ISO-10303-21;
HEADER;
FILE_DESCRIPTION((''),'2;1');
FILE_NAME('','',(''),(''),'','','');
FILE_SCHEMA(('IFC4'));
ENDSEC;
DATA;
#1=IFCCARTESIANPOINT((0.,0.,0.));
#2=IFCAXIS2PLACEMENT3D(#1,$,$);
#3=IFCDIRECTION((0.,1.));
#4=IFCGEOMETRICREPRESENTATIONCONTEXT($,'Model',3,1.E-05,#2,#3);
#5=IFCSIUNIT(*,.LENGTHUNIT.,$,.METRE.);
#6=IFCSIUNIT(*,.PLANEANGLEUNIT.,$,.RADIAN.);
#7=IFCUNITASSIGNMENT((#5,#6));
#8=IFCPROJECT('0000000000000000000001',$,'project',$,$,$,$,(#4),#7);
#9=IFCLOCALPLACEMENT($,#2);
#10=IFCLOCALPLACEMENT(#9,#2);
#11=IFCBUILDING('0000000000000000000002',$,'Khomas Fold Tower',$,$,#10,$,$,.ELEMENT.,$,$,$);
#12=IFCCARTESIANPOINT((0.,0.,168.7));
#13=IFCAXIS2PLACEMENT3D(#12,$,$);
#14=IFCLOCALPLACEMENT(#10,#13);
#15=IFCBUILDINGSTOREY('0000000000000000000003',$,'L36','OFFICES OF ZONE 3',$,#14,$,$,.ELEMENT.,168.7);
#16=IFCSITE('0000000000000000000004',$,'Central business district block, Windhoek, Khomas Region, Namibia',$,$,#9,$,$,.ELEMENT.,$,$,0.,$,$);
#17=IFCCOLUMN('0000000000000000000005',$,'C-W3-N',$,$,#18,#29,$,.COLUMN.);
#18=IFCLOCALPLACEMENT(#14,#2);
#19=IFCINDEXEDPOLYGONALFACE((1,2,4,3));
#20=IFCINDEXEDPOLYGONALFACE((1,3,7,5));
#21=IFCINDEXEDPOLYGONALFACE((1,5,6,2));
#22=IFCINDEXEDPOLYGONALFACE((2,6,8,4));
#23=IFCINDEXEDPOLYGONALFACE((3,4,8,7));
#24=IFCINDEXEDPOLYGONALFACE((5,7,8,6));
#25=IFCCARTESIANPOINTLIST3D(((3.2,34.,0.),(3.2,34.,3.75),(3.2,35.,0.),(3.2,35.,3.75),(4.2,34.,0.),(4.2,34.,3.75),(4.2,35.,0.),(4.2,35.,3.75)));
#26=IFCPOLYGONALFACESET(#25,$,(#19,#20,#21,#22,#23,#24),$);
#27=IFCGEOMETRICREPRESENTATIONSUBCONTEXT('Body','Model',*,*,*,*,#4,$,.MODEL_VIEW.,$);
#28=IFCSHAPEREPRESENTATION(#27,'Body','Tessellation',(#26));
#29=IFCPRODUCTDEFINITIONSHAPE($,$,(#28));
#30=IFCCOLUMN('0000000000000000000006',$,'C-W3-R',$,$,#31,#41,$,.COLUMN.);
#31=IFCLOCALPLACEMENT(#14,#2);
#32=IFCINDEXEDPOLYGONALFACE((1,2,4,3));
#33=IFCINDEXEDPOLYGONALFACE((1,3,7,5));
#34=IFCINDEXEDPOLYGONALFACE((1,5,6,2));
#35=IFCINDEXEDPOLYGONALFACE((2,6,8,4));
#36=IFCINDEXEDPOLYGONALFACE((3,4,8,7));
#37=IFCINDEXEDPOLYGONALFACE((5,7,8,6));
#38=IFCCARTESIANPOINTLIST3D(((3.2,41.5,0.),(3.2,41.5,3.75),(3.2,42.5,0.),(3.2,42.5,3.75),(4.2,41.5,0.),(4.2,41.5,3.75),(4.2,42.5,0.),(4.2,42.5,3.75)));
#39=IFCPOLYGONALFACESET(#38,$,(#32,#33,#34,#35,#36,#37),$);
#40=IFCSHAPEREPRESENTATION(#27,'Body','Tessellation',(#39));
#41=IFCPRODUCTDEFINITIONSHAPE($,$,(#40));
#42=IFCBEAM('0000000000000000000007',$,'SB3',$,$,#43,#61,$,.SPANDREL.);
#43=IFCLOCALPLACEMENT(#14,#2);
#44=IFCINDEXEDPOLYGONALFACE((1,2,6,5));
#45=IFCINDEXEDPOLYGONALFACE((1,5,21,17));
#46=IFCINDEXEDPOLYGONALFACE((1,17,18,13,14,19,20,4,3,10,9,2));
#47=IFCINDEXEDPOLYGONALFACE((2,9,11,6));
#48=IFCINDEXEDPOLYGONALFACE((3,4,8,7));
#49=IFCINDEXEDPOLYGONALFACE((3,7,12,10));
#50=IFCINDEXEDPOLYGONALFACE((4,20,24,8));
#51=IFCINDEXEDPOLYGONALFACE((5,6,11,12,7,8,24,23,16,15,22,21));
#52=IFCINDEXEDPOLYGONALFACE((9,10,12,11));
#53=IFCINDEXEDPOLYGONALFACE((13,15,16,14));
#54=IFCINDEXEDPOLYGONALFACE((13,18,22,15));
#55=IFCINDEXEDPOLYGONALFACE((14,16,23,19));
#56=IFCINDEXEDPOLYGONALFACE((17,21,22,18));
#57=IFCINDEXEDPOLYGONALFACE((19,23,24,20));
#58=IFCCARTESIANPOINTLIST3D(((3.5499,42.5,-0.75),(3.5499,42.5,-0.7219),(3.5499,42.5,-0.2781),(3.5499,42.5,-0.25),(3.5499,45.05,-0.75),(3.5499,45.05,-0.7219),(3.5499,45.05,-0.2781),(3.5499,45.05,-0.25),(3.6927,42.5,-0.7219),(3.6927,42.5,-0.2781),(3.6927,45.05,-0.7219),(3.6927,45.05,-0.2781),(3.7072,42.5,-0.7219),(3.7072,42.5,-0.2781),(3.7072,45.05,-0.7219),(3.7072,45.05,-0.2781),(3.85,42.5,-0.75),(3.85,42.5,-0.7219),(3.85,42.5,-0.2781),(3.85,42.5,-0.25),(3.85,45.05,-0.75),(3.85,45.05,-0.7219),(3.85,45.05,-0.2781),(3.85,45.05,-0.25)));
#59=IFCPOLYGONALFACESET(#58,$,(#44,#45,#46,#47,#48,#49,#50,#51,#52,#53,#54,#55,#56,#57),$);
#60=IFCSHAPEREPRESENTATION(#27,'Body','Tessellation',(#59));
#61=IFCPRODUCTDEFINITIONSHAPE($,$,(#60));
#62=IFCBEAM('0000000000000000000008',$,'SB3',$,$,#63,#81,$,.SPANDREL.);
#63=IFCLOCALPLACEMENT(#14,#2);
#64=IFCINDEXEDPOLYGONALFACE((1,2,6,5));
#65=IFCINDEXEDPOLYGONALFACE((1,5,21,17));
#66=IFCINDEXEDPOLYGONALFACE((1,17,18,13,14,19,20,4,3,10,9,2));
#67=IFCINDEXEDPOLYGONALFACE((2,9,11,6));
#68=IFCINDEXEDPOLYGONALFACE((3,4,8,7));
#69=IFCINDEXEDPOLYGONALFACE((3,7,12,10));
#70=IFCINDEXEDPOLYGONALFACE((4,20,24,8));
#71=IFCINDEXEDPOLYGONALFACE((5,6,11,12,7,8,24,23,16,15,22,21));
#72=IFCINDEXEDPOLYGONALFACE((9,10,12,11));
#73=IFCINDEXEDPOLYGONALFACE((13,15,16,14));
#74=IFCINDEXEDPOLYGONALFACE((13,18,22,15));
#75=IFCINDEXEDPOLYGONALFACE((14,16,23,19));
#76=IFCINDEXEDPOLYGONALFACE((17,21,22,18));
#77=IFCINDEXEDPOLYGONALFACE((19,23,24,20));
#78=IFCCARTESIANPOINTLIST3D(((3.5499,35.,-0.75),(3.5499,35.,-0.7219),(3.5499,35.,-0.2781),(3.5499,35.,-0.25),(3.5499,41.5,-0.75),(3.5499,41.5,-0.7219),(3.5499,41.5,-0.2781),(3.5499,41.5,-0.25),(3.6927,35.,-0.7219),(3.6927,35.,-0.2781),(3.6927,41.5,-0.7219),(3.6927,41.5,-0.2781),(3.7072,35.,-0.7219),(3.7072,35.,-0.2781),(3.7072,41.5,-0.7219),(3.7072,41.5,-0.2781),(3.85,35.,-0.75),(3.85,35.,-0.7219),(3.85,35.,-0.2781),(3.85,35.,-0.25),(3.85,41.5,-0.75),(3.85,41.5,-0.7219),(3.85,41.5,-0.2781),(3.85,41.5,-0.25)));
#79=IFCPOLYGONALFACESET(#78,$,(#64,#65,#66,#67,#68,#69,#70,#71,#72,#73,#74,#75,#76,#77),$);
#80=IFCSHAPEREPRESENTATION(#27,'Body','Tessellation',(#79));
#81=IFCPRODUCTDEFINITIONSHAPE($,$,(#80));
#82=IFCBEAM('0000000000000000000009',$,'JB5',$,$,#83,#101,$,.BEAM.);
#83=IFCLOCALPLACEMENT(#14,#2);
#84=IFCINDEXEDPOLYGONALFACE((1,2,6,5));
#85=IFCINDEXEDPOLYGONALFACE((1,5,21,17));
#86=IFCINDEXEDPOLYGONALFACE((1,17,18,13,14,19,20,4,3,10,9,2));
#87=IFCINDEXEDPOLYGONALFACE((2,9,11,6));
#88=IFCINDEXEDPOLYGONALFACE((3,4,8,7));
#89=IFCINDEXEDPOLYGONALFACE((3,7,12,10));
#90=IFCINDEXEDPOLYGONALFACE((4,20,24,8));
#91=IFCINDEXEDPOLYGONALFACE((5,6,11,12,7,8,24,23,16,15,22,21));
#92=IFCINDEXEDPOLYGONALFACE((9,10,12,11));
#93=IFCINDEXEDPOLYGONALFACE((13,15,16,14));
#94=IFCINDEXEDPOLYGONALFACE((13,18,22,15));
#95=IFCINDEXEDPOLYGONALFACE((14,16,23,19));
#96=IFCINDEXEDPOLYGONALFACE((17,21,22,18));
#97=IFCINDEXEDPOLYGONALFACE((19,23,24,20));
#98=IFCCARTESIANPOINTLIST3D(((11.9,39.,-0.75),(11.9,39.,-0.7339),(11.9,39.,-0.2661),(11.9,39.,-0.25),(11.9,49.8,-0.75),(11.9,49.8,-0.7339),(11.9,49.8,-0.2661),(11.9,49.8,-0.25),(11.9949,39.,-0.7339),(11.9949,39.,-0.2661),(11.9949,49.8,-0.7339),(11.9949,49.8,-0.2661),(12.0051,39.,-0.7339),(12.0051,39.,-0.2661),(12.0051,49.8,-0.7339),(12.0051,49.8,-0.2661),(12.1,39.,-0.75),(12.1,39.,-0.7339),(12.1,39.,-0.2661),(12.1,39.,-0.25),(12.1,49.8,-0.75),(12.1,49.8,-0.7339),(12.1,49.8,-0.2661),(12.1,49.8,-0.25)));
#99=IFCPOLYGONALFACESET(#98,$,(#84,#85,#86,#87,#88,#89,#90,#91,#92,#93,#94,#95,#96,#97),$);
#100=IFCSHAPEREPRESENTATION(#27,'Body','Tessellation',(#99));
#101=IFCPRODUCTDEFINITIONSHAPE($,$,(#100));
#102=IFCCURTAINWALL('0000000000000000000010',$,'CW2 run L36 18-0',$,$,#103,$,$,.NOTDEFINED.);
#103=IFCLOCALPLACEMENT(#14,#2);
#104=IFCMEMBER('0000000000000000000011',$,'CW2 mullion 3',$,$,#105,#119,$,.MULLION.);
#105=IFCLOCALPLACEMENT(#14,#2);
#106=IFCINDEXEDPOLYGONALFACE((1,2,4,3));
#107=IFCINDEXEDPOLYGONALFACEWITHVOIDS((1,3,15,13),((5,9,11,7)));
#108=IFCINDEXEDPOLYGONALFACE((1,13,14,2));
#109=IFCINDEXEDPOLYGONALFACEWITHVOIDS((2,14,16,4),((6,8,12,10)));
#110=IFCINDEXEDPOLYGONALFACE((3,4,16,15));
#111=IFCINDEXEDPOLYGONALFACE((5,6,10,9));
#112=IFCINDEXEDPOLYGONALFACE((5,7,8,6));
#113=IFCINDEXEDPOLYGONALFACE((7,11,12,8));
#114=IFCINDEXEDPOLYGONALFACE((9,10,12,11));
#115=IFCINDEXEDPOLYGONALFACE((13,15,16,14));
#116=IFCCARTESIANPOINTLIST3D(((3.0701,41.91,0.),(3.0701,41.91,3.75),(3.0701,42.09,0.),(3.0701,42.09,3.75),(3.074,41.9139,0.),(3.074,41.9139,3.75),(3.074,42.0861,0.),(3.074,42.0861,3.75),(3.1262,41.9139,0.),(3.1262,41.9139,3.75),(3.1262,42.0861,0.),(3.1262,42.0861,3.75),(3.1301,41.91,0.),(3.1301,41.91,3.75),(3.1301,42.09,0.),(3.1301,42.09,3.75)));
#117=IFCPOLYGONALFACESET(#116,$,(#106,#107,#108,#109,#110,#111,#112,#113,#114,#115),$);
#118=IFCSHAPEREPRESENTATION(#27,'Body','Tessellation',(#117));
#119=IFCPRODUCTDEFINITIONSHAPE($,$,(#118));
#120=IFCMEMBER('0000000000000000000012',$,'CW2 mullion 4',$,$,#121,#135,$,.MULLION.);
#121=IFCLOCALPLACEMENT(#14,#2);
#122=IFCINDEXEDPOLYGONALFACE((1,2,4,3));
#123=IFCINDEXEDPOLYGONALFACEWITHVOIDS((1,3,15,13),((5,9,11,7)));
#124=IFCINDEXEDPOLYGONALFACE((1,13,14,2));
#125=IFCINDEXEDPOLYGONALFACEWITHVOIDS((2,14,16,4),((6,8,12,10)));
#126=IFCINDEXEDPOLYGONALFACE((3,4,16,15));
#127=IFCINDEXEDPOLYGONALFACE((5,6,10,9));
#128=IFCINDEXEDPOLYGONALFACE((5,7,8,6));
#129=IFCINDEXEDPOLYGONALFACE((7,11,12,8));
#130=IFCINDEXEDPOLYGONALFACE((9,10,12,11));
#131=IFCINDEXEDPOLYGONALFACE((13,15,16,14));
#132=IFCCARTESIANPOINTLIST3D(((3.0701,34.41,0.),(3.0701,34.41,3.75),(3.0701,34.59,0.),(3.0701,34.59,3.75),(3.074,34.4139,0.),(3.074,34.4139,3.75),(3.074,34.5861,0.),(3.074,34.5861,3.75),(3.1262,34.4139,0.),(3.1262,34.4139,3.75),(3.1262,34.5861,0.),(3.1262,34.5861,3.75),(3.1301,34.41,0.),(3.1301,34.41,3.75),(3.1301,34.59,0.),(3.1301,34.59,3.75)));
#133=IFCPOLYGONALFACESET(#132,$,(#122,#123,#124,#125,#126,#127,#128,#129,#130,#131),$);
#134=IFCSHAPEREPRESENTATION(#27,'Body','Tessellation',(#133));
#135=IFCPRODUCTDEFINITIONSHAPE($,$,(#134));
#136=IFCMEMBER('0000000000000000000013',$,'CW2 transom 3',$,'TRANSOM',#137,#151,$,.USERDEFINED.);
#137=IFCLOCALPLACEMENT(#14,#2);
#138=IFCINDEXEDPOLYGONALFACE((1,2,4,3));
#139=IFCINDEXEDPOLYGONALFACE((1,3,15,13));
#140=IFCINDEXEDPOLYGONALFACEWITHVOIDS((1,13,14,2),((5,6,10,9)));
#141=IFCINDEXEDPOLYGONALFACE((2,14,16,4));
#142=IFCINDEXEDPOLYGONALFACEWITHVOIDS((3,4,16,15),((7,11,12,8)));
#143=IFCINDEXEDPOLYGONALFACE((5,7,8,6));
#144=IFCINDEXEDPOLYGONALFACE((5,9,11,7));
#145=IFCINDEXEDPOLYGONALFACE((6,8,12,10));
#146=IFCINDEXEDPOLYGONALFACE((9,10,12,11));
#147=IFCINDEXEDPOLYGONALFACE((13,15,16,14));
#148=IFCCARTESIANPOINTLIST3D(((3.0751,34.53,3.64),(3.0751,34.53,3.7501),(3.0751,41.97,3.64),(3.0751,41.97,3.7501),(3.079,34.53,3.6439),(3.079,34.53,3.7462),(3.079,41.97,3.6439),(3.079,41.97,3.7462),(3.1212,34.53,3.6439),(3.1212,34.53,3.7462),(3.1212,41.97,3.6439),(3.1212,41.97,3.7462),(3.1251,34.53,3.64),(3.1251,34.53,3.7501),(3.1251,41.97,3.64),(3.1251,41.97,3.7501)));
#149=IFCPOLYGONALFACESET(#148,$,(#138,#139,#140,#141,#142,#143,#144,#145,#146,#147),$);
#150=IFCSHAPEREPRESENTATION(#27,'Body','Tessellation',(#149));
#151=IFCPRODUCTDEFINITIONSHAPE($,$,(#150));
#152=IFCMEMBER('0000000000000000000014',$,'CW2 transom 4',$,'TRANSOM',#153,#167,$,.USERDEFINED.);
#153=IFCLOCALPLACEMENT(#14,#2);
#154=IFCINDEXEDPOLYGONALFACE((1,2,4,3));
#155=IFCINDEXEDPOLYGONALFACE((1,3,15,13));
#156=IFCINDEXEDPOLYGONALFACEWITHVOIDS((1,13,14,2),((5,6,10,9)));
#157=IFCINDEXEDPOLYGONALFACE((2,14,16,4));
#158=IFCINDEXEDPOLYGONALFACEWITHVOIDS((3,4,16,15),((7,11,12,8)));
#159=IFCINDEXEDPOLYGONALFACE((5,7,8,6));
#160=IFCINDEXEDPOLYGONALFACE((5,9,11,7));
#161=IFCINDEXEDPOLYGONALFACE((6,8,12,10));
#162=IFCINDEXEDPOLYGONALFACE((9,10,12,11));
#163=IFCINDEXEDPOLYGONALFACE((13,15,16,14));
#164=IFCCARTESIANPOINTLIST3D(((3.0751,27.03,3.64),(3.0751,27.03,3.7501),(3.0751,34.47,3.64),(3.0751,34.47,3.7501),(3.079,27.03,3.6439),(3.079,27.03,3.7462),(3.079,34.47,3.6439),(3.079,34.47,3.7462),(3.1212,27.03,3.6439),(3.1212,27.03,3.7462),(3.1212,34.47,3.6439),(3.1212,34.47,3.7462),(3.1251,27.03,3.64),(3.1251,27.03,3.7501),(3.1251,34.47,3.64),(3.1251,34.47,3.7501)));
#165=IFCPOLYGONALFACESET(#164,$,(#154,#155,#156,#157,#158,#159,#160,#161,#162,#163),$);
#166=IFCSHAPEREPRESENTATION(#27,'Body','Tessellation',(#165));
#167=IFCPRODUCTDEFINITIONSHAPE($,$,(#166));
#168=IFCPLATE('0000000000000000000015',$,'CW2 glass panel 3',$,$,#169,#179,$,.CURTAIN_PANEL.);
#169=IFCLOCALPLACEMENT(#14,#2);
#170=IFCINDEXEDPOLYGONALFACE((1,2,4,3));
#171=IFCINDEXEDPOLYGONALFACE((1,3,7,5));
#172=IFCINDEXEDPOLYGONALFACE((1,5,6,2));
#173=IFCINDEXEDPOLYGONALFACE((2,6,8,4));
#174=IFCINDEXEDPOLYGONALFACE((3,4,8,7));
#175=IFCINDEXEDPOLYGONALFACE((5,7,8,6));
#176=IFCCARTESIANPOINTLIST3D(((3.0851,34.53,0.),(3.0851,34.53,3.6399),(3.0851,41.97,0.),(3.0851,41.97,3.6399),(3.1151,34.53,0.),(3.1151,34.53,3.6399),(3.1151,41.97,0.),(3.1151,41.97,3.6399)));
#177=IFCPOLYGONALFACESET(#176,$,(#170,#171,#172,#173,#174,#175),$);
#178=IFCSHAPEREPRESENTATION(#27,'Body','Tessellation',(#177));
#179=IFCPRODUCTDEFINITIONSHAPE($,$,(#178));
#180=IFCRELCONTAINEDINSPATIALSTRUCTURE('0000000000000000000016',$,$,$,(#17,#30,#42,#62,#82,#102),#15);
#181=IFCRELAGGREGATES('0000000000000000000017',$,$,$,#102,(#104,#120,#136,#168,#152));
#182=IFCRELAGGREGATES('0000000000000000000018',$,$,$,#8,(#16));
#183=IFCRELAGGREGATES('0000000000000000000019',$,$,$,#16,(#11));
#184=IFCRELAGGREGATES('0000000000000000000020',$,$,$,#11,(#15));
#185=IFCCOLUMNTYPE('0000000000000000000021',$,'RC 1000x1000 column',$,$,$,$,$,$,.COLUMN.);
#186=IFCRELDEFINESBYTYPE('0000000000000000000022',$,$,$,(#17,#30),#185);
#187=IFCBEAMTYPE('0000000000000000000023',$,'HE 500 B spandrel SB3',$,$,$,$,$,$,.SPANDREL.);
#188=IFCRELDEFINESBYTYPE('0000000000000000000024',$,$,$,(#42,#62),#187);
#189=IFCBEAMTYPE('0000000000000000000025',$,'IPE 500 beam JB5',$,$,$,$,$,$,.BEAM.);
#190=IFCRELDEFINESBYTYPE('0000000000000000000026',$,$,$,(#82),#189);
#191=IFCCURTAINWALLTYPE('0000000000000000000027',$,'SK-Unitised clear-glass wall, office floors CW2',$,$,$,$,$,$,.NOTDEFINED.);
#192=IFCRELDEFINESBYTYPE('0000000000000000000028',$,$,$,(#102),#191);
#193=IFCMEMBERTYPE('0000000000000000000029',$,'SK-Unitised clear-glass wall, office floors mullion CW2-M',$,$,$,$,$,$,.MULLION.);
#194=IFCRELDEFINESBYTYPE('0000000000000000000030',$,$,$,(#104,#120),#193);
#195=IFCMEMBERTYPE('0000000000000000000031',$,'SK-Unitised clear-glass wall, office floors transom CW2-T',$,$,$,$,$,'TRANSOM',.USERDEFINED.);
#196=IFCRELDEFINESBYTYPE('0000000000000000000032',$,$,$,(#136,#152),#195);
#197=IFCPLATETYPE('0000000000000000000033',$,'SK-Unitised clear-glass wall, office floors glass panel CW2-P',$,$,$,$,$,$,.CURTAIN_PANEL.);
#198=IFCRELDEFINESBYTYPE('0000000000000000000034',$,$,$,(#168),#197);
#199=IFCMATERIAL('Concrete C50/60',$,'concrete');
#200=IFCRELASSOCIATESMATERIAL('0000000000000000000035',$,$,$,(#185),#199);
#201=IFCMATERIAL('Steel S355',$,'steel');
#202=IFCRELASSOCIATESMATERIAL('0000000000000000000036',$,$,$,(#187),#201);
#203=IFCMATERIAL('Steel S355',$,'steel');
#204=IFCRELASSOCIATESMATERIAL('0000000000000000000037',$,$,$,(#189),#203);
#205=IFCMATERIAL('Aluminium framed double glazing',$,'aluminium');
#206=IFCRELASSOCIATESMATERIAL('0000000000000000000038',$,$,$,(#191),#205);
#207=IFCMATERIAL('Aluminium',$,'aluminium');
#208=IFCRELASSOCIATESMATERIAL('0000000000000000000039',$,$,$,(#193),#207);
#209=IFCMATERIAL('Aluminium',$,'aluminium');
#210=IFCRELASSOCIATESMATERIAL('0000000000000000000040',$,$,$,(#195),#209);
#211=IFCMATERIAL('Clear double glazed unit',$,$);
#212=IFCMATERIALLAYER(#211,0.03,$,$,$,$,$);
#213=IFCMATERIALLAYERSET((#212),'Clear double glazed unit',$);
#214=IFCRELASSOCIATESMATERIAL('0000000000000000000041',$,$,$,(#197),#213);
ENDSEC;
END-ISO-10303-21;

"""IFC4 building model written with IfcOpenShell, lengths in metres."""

from ifc_helpers import new_model, si_unit, direction, frame, origin, origin_2d, place, context, subcontext, project, spatial, rectangle, hollow_rectangle, i_section, extrude, source, transform, mapped, material, layer, layer_set, material_profile, profile_set, type_object, element, aggregate, save


model = new_model("IFC4")

# Units and contexts
model_context = context("Model", 3, precision=1e-05, world=origin(), true_north=direction((0.0, 1.0)))
body_context = subcontext(model_context, "Body", "Model", "MODEL_VIEW")
ifc_project = project(units=[si_unit("LENGTHUNIT", "METRE"), si_unit("PLANEANGLEUNIT", "RADIAN")], contexts=[model_context])

# Site, building, storey
site_placement = place(None, origin())
site = spatial("IfcSite", under=ifc_project, at=site_placement, Name="Central business district block, Windhoek, Khomas Region, Namibia", CompositionType="ELEMENT", RefElevation=0.0)
building_placement = place(site_placement, origin())
building = spatial("IfcBuilding", under=site, at=building_placement, Name="Khomas Fold Tower", CompositionType="ELEMENT")
storey_placement = place(building_placement, frame((0.0, 0.0, 168.7)))
storey = spatial("IfcBuildingStorey", under=building, at=storey_placement, Name="L36", Description="OFFICES OF ZONE 3", CompositionType="ELEMENT", Elevation=168.7)

# Columns
ifc_material_1 = material(Name="Concrete C50/60", Category="concrete")
ifc_material_profile_1 = material_profile(ifc_material_1, rectangle(XDim=1.0, YDim=1.0, at=origin_2d()), Name="RC 1000x1000")
ifc_profile_set_1 = profile_set([ifc_material_profile_1], Name="Concrete C50/60")
column_type = type_object("IfcColumnType", Name="RC 1000x1000 column", PredefinedType="COLUMN", material=ifc_profile_set_1)
shared_shape_1 = source(origin(), body_context, "Body", "SweptSolid", [
    extrude(rectangle(XDim=1.0, YDim=1.0, at=origin_2d()), origin(), (0.0, 0.0, 1.0), 3.75),
])
for number, where, z_axis, x_axis, name in (
    (1, (3.7, 34.5, 0.0), (0.0, 0.0, 1.0), (1.0, 0.0, 0.0), "C-W3-N"),
    (2, (3.7, 42.0, 0.0), (0.0, 0.0, 1.0), (1.0, 0.0, 0.0), "C-W3-R"),
):
    element("IfcColumn", number, at=place(storey_placement, frame(where, z_axis=z_axis, x_axis=x_axis)), inside=storey, type_object=column_type, Name=name, PredefinedType="COLUMN", context=body_context, shape_type="MappedRepresentation", body=[
        mapped(shared_shape_1, transform((0.0, 0.0, 0.0))),
    ])

# Beams
ifc_material_2 = material(Name="Steel S355", Category="steel")
ifc_material_profile_2 = material_profile(ifc_material_2, i_section(OverallWidth=0.3, OverallDepth=0.5, WebThickness=0.0144, FlangeThickness=0.0281, at=origin_2d()), Name="HE 500 B")
ifc_profile_set_2 = profile_set([ifc_material_profile_2], Name="Steel S355")
beam_type_1 = type_object("IfcBeamType", Name="HE 500 B spandrel SB3", PredefinedType="SPANDREL", material=ifc_profile_set_2)
shared_shape_2 = source(origin(), body_context, "Body", "SweptSolid", [
    extrude(i_section(OverallWidth=0.3, OverallDepth=0.5, WebThickness=0.0144, FlangeThickness=0.0281, at=origin_2d()), origin(), (0.0, 0.0, 1.0), 2.55),
])
beam_1_placement = place(storey_placement, frame((3.7, 42.5, -0.5), z_axis=(0.0, 1.0, 0.0), x_axis=(-1.0, 0.0, 0.0)))
element("IfcBeam", 3, at=beam_1_placement, inside=storey, type_object=beam_type_1, Name="SB3", PredefinedType="SPANDREL", context=body_context, shape_type="MappedRepresentation", body=[
    mapped(shared_shape_2, transform((0.0, 0.0, 0.0))),
])
shared_shape_3 = source(origin(), body_context, "Body", "SweptSolid", [
    extrude(i_section(OverallWidth=0.3, OverallDepth=0.5, WebThickness=0.0144, FlangeThickness=0.0281, at=origin_2d()), origin(), (0.0, 0.0, 1.0), 6.5),
])
beam_2_placement = place(storey_placement, frame((3.7, 35.0, -0.5), z_axis=(0.0, 1.0, 0.0), x_axis=(-1.0, 0.0, 0.0)))
element("IfcBeam", 4, at=beam_2_placement, inside=storey, type_object=beam_type_1, Name="SB3", PredefinedType="SPANDREL", context=body_context, shape_type="MappedRepresentation", body=[
    mapped(shared_shape_3, transform((0.0, 0.0, 0.0))),
])
ifc_material_3 = material(Name="Steel S355", Category="steel")
ifc_material_profile_3 = material_profile(ifc_material_3, i_section(OverallWidth=0.2, OverallDepth=0.5, WebThickness=0.0103, FlangeThickness=0.0161, at=origin_2d()), Name="IPE 500")
ifc_profile_set_3 = profile_set([ifc_material_profile_3], Name="Steel S355")
beam_type_2 = type_object("IfcBeamType", Name="IPE 500 beam JB5", PredefinedType="BEAM", material=ifc_profile_set_3)
shared_shape_4 = source(origin(), body_context, "Body", "SweptSolid", [
    extrude(i_section(OverallWidth=0.2, OverallDepth=0.5, WebThickness=0.0103, FlangeThickness=0.0161, at=origin_2d()), origin(), (0.0, 0.0, 1.0), 10.8),
])
beam_3_placement = place(storey_placement, frame((12.0, 39.0, -0.5), z_axis=(0.0, 1.0, 0.0), x_axis=(-1.0, 0.0, 0.0)))
element("IfcBeam", 5, at=beam_3_placement, inside=storey, type_object=beam_type_2, Name="JB5", PredefinedType="BEAM", context=body_context, shape_type="MappedRepresentation", body=[
    mapped(shared_shape_4, transform((0.0, 0.0, 0.0))),
])

# Curtain wall, members, plate
ifc_material_4 = material(Name="Aluminium framed double glazing", Category="aluminium")
curtain_wall_type = type_object("IfcCurtainWallType", Name="SK-Unitised clear-glass wall, office floors CW2", PredefinedType="NOTDEFINED", material=ifc_material_4)
curtain_wall_placement = place(storey_placement, origin())
curtain_wall = element("IfcCurtainWall", 6, at=curtain_wall_placement, inside=storey, type_object=curtain_wall_type, Name="CW2 run L36 18-0", PredefinedType="NOTDEFINED")
ifc_material_5 = material(Name="Aluminium", Category="aluminium")
ifc_material_profile_4 = material_profile(ifc_material_5, hollow_rectangle(XDim=0.0601, YDim=0.1799, WallThickness=0.0039, at=origin_2d()), Name="SK-Unitised clear-glass wall, office floors mullion CW2-M")
ifc_profile_set_4 = profile_set([ifc_material_profile_4], Name="Aluminium")
member_type_1 = type_object("IfcMemberType", Name="SK-Unitised clear-glass wall, office floors mullion CW2-M", PredefinedType="MULLION", material=ifc_profile_set_4)
shared_shape_5 = source(origin(), body_context, "Body", "SweptSolid", [
    extrude(hollow_rectangle(XDim=0.0601, YDim=0.1799, WallThickness=0.0039, at=origin_2d()), origin(), (0.0, 0.0, 1.0), 3.75),
])
member_1_placement = place(storey_placement, frame((3.1001, 42.0, 0.0), z_axis=(0.0, 0.0, 1.0), x_axis=(1.0, 0.0, 0.0)))
member_1 = element("IfcMember", 7, at=member_1_placement, type_object=member_type_1, Name="CW2 mullion 3", PredefinedType="MULLION", context=body_context, shape_type="MappedRepresentation", body=[
    mapped(shared_shape_5, transform((0.0, 0.0, 0.0))),
])
member_2_placement = place(storey_placement, frame((3.1001, 34.5, 0.0), z_axis=(0.0, 0.0, 1.0), x_axis=(1.0, 0.0, 0.0)))
member_2 = element("IfcMember", 8, at=member_2_placement, type_object=member_type_1, Name="CW2 mullion 4", PredefinedType="MULLION", context=body_context, shape_type="MappedRepresentation", body=[
    mapped(shared_shape_5, transform((0.0, 0.0, 0.0))),
])
ifc_material_6 = material(Name="Aluminium", Category="aluminium")
ifc_material_profile_5 = material_profile(ifc_material_6, hollow_rectangle(XDim=0.05, YDim=0.1101, WallThickness=0.0039, at=origin_2d()), Name="SK-Unitised clear-glass wall, office floors transom CW2-T")
ifc_profile_set_5 = profile_set([ifc_material_profile_5], Name="Aluminium")
member_type_2 = type_object("IfcMemberType", Name="SK-Unitised clear-glass wall, office floors transom CW2-T", ElementType="TRANSOM", PredefinedType="USERDEFINED", material=ifc_profile_set_5)
shared_shape_6 = source(origin(), body_context, "Body", "SweptSolid", [
    extrude(hollow_rectangle(XDim=0.05, YDim=0.1101, WallThickness=0.0039, at=origin_2d()), origin(), (0.0, 0.0, 1.0), 7.4399),
])
member_3_placement = place(storey_placement, frame((3.1001, 41.97, 3.6951), z_axis=(0.0, -1.0, 0.0), x_axis=(1.0, 0.0, 0.0)))
member_3 = element("IfcMember", 9, at=member_3_placement, type_object=member_type_2, Name="CW2 transom 3", ObjectType="TRANSOM", PredefinedType="USERDEFINED", context=body_context, shape_type="MappedRepresentation", body=[
    mapped(shared_shape_6, transform((0.0, 0.0, 0.0))),
])
member_4_placement = place(storey_placement, frame((3.1001, 34.47, 3.6951), z_axis=(0.0, -1.0, 0.0), x_axis=(1.0, 0.0, 0.0)))
member_4 = element("IfcMember", 10, at=member_4_placement, type_object=member_type_2, Name="CW2 transom 4", ObjectType="TRANSOM", PredefinedType="USERDEFINED", context=body_context, shape_type="MappedRepresentation", body=[
    mapped(shared_shape_6, transform((0.0, 0.0, 0.0))),
])
ifc_material_7 = material(Name="Clear double glazed unit")
ifc_layer_1 = layer(ifc_material_7, 0.03)
ifc_layer_set_1 = layer_set([ifc_layer_1], Name="Clear double glazed unit")
plate_type = type_object("IfcPlateType", Name="SK-Unitised clear-glass wall, office floors glass panel CW2-P", PredefinedType="CURTAIN_PANEL", material=ifc_layer_set_1)
shared_shape_7 = source(origin(), body_context, "Body", "SweptSolid", [
    extrude(rectangle(XDim=7.4399, YDim=0.03, at=origin_2d()), origin(), (0.0, 0.0, 1.0), 3.6399),
])
plate_1_placement = place(storey_placement, frame((3.1001, 38.25, 0.0), z_axis=(0.0, 0.0, 1.0), x_axis=(0.0, -1.0, 0.0)))
plate_1 = element("IfcPlate", 11, at=plate_1_placement, type_object=plate_type, Name="CW2 glass panel 3", PredefinedType="CURTAIN_PANEL", context=body_context, shape_type="MappedRepresentation", body=[
    mapped(shared_shape_7, transform((0.0, 0.0, 0.0))),
])
aggregate(curtain_wall, [member_1, member_2, member_3, plate_1, member_4])

save(model, "model.ifc")
